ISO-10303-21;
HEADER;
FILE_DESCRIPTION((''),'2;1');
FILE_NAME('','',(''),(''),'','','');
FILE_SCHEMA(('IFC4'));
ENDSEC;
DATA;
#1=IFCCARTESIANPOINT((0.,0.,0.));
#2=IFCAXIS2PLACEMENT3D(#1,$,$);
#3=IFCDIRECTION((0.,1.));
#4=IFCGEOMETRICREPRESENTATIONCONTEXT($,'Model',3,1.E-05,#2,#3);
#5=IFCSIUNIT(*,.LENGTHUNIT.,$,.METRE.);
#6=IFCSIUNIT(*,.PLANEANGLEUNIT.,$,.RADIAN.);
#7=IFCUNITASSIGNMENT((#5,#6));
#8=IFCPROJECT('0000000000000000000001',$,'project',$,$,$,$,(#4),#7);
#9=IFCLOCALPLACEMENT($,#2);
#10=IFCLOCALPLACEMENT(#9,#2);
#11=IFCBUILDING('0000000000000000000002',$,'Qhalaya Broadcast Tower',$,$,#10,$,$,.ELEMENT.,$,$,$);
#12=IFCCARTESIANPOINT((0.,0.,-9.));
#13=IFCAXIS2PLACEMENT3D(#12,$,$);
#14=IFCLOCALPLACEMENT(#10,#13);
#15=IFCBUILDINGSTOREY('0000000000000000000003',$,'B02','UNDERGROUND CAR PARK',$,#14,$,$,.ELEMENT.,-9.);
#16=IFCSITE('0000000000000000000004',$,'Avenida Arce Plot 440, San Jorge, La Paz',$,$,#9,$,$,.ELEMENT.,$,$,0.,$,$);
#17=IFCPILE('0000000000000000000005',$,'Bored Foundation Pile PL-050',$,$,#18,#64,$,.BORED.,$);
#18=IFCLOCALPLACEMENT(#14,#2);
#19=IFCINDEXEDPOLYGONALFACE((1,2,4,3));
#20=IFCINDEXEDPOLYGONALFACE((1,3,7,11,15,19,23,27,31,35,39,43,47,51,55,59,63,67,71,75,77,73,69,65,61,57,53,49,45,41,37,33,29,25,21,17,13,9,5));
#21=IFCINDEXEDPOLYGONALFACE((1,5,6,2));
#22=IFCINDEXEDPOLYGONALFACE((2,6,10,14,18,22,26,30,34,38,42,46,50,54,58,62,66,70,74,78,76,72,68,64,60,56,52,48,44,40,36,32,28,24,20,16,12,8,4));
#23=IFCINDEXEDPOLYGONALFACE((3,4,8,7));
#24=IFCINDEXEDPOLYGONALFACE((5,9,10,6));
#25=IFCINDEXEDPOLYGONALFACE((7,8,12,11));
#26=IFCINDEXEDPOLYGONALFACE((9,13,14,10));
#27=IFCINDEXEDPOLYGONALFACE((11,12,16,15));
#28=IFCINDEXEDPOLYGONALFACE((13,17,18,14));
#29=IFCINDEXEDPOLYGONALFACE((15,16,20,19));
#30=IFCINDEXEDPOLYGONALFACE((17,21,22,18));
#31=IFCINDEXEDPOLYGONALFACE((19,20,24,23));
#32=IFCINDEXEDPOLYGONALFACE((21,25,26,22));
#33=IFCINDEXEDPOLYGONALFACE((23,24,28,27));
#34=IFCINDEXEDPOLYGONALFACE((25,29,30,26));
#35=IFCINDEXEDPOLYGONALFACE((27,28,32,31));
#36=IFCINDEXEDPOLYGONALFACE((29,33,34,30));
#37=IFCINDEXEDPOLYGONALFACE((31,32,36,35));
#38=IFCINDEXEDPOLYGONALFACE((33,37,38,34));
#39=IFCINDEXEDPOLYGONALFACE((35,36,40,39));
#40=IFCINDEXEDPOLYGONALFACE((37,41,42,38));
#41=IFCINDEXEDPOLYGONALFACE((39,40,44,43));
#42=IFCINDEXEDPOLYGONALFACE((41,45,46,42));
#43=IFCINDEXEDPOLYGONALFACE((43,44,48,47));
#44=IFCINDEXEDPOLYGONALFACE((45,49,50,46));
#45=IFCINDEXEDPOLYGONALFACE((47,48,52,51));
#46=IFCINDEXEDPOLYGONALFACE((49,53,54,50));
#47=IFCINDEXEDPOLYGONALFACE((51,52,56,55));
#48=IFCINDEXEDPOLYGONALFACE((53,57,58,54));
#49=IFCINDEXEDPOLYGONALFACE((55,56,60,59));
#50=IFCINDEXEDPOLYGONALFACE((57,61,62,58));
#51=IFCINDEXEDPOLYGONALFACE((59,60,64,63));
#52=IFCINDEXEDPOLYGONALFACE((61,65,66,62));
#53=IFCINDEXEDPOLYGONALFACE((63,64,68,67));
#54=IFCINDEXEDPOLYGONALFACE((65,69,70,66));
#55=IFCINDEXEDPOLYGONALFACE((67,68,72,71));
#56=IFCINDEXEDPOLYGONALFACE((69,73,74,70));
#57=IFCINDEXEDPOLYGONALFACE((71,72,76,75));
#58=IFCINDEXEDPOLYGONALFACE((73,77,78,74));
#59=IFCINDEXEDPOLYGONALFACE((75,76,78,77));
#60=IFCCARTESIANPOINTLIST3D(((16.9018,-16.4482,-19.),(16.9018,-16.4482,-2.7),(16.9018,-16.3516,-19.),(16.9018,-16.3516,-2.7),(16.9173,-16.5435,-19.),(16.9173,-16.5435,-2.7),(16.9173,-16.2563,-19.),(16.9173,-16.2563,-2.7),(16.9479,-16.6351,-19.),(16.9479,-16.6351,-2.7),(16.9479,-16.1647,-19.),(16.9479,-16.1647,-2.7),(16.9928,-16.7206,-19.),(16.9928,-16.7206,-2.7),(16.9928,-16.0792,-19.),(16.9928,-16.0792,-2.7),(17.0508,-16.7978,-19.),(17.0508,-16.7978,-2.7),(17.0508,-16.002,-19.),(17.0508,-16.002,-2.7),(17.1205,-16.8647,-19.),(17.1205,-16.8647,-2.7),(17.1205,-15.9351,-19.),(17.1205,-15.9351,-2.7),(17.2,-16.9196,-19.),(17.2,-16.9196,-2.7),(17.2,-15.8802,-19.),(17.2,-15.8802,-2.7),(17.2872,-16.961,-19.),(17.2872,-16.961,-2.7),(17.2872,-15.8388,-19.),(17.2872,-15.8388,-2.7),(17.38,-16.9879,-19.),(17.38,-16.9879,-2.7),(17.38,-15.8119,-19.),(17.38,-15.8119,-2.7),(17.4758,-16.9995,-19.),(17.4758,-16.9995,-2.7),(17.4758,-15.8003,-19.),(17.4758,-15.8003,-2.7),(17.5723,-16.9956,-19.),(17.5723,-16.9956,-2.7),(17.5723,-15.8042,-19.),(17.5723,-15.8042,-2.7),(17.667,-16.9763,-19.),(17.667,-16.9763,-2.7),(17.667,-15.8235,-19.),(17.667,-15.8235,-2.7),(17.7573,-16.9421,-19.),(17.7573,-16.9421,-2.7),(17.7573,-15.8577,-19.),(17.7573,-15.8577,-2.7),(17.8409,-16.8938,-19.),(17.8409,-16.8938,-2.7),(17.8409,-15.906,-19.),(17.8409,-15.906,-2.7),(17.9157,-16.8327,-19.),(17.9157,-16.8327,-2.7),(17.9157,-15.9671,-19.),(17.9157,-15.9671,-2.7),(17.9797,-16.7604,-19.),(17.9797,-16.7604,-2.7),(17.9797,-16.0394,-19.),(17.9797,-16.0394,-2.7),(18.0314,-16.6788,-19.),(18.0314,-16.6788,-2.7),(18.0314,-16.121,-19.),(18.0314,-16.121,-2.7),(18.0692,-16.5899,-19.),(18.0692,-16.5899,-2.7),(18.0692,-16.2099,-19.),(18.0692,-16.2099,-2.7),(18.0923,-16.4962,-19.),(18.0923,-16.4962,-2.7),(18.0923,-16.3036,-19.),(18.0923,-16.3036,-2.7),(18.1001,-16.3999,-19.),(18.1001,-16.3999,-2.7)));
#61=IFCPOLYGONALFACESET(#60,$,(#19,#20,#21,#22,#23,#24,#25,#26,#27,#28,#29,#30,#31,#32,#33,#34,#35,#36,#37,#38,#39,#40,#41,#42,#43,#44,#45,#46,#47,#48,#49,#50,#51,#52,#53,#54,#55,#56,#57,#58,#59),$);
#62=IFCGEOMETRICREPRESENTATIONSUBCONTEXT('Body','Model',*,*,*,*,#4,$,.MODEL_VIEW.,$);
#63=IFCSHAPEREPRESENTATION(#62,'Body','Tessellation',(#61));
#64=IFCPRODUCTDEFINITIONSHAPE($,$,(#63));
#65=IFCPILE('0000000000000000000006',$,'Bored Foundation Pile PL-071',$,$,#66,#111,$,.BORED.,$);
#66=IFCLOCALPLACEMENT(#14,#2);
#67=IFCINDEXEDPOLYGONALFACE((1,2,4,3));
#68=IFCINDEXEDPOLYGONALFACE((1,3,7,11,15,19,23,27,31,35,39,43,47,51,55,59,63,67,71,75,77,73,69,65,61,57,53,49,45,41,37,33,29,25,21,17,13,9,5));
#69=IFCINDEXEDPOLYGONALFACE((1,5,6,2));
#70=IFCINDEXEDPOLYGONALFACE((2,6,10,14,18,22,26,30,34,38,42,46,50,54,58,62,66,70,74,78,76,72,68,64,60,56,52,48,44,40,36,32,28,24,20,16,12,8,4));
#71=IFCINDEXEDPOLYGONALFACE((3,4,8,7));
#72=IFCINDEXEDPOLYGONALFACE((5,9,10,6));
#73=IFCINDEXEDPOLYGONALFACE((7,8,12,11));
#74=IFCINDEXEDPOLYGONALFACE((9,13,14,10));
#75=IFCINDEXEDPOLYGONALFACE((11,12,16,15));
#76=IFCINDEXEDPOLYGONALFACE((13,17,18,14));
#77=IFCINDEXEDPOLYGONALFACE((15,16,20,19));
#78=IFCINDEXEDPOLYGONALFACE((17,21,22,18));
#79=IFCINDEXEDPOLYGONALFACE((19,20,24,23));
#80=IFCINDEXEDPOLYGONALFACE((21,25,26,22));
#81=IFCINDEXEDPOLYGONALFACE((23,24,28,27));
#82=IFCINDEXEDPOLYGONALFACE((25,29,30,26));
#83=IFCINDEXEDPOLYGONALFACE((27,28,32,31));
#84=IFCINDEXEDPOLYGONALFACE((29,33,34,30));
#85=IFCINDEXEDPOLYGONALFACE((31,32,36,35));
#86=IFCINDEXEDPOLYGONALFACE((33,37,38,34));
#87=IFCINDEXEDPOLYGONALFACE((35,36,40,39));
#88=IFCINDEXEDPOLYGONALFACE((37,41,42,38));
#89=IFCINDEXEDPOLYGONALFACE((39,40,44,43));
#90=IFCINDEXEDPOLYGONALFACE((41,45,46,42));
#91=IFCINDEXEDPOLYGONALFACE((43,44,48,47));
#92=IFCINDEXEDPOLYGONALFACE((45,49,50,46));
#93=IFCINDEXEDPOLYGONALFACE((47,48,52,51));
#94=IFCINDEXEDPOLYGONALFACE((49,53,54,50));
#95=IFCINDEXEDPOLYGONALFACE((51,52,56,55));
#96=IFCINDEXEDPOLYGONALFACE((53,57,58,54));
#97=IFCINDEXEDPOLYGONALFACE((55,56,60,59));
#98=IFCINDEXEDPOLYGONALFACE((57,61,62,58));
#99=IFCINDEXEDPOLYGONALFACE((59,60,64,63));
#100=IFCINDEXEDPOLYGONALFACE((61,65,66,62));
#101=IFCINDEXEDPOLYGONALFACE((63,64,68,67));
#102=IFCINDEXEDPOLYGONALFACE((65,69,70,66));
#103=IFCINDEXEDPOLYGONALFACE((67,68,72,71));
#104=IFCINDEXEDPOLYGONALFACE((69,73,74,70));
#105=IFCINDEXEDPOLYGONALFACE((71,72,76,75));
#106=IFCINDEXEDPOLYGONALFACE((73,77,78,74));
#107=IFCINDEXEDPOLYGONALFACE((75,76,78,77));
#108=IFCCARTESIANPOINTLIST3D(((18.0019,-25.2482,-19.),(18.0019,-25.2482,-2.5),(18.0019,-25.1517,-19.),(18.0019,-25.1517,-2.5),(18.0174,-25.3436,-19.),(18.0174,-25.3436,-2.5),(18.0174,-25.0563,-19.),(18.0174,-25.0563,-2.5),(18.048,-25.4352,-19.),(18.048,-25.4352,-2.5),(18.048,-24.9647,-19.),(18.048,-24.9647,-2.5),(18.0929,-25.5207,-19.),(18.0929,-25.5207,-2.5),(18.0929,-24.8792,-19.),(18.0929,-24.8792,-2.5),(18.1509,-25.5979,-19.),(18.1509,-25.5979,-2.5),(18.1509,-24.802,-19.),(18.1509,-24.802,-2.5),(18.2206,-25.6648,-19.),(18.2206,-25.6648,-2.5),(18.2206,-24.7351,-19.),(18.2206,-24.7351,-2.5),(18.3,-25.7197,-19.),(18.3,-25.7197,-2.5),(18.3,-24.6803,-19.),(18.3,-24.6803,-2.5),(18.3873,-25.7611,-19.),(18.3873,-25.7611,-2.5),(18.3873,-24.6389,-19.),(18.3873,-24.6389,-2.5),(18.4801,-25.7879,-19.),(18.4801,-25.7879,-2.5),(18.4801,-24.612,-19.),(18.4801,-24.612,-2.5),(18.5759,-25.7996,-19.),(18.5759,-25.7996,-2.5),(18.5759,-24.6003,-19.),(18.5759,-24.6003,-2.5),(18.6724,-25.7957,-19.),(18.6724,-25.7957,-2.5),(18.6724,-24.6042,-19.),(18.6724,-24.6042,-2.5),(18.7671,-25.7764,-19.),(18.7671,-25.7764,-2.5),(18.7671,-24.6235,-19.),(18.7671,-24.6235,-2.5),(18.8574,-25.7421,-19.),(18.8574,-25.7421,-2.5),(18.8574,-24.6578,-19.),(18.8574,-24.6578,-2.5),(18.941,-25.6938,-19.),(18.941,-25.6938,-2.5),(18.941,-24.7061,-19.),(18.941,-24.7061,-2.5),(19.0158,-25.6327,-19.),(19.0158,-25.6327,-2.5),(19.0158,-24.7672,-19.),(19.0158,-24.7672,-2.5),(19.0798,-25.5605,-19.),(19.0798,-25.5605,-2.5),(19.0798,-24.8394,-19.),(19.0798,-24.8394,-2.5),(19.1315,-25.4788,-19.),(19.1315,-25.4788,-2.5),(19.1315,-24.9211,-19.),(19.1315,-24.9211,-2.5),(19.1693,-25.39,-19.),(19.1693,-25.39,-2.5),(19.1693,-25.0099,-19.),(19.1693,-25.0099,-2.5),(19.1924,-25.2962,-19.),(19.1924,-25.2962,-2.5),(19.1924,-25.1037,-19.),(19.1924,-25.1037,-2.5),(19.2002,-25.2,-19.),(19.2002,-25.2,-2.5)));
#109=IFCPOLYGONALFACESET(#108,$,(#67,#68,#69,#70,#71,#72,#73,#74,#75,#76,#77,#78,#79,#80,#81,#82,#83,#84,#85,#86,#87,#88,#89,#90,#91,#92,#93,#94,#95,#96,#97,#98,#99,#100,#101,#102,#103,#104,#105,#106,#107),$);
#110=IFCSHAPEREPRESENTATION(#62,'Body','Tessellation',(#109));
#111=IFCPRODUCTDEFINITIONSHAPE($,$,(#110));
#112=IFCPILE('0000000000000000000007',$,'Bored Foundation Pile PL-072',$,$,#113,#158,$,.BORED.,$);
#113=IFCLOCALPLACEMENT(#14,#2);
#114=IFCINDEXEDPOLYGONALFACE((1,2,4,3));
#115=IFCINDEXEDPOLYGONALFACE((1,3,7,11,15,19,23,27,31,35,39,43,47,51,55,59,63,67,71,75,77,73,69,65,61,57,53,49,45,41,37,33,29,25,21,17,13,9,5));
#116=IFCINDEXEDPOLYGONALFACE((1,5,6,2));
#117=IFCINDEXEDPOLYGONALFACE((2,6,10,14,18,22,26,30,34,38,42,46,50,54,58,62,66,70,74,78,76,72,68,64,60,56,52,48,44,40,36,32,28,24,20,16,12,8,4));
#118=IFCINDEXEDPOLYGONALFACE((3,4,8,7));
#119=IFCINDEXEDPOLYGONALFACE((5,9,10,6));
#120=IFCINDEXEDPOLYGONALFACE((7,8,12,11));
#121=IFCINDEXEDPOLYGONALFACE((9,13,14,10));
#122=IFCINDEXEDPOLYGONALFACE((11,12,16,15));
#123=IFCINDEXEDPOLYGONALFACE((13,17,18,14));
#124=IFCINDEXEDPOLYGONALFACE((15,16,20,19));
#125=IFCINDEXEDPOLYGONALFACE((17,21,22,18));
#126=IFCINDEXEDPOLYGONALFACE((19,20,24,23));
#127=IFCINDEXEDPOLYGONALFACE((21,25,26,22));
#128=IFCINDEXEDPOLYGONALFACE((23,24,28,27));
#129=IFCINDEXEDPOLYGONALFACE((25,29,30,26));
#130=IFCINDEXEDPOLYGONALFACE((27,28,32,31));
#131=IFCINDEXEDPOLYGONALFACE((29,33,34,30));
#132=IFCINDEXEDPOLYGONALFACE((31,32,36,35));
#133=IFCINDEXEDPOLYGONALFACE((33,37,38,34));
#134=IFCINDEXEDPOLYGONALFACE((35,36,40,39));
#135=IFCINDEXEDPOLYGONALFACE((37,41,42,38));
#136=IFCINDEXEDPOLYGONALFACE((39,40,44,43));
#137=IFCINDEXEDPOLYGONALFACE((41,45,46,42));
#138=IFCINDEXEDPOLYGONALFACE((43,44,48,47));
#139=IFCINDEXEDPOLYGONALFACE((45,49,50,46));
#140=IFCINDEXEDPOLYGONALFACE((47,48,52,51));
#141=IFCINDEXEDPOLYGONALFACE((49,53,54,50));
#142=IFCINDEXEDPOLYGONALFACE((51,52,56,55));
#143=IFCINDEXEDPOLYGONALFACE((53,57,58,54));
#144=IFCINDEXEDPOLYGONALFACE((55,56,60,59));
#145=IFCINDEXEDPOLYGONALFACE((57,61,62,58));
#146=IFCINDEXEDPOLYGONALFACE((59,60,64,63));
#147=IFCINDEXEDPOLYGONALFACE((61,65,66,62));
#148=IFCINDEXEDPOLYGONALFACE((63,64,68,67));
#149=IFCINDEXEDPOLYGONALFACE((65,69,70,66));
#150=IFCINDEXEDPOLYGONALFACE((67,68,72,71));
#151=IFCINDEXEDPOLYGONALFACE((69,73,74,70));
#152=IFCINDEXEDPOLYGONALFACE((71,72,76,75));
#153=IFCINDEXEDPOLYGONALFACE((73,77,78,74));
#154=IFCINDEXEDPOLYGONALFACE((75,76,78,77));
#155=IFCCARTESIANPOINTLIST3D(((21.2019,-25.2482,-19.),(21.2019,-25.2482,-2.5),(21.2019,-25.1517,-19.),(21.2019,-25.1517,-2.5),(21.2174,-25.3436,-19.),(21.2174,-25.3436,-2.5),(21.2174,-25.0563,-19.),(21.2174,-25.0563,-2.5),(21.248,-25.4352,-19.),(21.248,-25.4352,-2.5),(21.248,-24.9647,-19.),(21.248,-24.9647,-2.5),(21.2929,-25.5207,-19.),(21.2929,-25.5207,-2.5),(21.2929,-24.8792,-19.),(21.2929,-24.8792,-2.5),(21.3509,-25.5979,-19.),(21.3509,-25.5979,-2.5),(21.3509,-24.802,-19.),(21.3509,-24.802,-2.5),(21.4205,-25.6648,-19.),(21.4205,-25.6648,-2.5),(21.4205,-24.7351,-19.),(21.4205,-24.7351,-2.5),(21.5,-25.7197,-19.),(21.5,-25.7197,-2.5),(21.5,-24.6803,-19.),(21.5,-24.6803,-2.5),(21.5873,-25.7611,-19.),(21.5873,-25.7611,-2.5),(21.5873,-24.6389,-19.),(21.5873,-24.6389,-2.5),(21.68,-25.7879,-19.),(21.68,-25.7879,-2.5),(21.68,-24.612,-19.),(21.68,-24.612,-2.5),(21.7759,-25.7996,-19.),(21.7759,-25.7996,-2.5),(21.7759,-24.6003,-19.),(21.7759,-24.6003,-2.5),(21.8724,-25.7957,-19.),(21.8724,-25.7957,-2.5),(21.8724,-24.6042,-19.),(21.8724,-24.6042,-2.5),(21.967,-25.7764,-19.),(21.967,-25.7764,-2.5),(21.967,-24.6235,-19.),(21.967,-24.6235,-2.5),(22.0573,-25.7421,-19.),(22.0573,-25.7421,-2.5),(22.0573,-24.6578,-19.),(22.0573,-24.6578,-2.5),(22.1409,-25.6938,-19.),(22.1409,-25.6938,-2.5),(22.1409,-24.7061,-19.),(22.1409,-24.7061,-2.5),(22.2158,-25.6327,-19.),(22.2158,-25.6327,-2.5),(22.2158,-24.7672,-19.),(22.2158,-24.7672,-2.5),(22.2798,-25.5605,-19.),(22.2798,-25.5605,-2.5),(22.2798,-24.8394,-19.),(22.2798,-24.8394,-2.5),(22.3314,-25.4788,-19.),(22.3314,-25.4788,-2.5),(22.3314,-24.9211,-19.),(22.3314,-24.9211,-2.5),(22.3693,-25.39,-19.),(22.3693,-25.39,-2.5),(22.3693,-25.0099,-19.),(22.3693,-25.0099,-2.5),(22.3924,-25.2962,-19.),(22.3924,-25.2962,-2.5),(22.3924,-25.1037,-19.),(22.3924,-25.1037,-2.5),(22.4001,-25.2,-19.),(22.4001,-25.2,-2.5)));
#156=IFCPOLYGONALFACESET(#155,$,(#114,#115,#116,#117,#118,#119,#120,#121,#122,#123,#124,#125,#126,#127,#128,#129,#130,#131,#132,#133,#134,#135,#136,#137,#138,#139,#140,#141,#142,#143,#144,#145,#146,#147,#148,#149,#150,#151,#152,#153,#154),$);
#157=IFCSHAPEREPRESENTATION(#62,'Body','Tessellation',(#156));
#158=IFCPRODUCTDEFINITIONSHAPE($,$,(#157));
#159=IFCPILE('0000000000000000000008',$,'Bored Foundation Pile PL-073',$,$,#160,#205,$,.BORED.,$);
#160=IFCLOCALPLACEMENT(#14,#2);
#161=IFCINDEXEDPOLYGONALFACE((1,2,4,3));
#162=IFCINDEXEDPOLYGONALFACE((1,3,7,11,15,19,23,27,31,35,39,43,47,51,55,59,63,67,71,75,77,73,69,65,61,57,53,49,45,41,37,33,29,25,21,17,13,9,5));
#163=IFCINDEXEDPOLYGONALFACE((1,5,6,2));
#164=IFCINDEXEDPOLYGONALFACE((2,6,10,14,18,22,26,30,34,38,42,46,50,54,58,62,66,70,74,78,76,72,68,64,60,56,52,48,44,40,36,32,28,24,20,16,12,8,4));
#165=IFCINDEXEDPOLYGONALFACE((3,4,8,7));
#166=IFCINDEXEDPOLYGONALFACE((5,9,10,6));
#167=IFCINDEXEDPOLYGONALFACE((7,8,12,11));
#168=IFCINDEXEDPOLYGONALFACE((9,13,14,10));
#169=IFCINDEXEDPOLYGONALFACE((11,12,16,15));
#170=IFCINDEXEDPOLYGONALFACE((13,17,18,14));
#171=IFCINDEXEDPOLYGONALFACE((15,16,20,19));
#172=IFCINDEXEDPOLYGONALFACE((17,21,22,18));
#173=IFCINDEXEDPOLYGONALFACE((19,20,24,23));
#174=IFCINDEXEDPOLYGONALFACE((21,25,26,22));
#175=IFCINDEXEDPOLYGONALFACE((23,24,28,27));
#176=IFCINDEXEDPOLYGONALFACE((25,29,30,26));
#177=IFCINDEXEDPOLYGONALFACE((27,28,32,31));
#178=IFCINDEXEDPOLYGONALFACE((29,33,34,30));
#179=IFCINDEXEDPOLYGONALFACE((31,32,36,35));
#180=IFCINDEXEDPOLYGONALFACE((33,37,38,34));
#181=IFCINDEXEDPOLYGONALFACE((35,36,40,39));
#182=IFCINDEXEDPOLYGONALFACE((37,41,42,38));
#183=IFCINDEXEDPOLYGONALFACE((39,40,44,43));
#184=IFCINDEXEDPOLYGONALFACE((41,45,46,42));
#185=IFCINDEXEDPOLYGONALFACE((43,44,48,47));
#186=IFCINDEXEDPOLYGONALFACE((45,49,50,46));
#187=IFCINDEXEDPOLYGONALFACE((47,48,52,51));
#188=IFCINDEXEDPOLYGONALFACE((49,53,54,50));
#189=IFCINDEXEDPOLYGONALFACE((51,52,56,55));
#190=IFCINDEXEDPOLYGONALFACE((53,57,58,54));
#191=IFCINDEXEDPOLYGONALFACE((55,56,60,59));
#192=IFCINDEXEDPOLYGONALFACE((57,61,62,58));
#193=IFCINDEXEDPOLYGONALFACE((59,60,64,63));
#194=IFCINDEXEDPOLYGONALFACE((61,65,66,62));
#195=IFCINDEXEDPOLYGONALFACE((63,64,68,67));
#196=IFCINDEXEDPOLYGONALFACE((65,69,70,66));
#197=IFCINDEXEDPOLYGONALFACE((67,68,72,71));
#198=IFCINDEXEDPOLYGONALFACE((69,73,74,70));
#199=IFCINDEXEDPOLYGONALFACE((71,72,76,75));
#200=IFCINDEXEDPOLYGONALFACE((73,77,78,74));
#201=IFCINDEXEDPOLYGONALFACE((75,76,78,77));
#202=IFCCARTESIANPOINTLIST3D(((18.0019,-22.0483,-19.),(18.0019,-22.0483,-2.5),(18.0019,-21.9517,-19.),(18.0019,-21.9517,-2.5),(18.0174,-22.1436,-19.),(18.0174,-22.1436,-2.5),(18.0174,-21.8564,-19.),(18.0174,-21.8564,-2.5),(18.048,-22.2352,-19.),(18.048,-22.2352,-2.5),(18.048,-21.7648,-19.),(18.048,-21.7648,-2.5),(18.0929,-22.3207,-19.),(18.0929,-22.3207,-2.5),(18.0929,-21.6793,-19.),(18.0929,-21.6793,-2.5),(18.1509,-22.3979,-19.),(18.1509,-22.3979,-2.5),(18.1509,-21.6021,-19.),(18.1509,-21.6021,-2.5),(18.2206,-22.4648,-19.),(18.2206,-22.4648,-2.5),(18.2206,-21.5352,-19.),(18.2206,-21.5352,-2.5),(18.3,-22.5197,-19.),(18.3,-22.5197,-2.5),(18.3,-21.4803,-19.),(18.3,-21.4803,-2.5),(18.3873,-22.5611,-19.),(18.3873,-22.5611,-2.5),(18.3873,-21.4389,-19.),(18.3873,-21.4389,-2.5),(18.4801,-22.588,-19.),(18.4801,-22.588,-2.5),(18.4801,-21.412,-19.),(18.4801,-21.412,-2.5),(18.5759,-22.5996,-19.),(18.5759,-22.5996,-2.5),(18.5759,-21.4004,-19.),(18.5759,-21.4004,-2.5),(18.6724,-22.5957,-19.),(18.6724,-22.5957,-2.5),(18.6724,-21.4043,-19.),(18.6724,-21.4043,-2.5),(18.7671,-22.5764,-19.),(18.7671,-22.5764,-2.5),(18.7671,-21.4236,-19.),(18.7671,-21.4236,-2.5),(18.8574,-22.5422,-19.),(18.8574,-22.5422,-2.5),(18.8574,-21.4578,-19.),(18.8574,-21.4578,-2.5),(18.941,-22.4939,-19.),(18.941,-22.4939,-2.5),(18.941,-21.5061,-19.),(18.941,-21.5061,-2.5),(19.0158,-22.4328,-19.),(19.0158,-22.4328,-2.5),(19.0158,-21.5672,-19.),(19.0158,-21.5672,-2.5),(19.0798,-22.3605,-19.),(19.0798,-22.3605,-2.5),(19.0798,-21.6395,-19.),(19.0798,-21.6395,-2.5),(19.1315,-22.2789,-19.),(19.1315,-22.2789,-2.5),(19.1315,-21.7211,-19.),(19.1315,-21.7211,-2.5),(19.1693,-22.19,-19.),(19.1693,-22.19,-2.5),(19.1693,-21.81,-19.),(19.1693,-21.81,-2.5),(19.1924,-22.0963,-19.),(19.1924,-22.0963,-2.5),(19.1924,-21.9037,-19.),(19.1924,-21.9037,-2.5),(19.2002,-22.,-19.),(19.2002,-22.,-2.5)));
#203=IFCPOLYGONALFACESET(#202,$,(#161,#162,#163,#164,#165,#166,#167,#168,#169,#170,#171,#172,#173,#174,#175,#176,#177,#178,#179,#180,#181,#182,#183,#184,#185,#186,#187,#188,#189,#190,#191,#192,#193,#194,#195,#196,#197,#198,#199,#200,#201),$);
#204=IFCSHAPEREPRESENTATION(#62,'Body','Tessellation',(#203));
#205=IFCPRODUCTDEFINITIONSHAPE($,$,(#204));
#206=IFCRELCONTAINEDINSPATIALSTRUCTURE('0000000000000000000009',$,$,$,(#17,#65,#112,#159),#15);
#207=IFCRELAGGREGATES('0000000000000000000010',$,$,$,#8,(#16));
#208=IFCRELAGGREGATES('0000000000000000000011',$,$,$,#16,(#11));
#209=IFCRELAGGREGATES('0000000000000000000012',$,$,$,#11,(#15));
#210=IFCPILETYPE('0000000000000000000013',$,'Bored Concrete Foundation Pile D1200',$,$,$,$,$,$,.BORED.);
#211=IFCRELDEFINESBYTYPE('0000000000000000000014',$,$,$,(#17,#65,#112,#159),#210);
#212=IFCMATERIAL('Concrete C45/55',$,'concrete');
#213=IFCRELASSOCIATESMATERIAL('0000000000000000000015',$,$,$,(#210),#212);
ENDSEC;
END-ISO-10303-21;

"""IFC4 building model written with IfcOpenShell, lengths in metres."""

from ifc_helpers import new_model, si_unit, direction, frame, origin, origin_2d, place, context, subcontext, project, spatial, circle, extrude, material, material_profile, profile_set, type_object, element, save


model = new_model("IFC4")

# Units and contexts
model_context = context("Model", 3, precision=1e-05, world=origin(), true_north=direction((0.0, 1.0)))
body_context = subcontext(model_context, "Body", "Model", "MODEL_VIEW")
ifc_project = project(units=[si_unit("LENGTHUNIT", "METRE"), si_unit("PLANEANGLEUNIT", "RADIAN")], contexts=[model_context])

# Site, building, storey
site_placement = place(None, origin())
site = spatial("IfcSite", under=ifc_project, at=site_placement, Name="Avenida Arce Plot 440, San Jorge, La Paz", CompositionType="ELEMENT", RefElevation=0.0)
building_placement = place(site_placement, origin())
building = spatial("IfcBuilding", under=site, at=building_placement, Name="Qhalaya Broadcast Tower", CompositionType="ELEMENT")
storey_placement = place(building_placement, frame((0.0, 0.0, -9.0)))
storey = spatial("IfcBuildingStorey", under=building, at=storey_placement, Name="B02", Description="UNDERGROUND CAR PARK", CompositionType="ELEMENT", Elevation=-9.0)

# Piles
ifc_material_1 = material(Name="Concrete C45/55", Category="concrete")
ifc_material_profile_1 = material_profile(ifc_material_1, circle(Radius=0.6001, at=origin_2d()), Name="PILE D1200")
ifc_profile_set_1 = profile_set([ifc_material_profile_1], Name="Concrete C45/55")
pile_type = type_object("IfcPileType", Name="Bored Concrete Foundation Pile D1200", PredefinedType="BORED", material=ifc_profile_set_1)
pile_placement = place(storey_placement, frame((17.5, -16.3999, -2.7), z_axis=(0.0, 0.0, -1.0), x_axis=(1.0, 0.0, 0.0)))
element("IfcPile", 1, at=pile_placement, inside=storey, type_object=pile_type, Name="Bored Foundation Pile PL-050", PredefinedType="BORED", context=body_context, shape_type="SweptSolid", body=[
    extrude(circle(Radius=0.6001, at=origin_2d()), origin(), (0.0, 0.0, 1.0), 16.3),
])
for number, where, z_axis, x_axis, name in (
    (2, (18.6001, -25.2, -2.5), (0.0, 0.0, -1.0), (1.0, 0.0, 0.0), "Bored Foundation Pile PL-071"),
    (3, (21.8, -25.2, -2.5), (0.0, 0.0, -1.0), (1.0, 0.0, 0.0), "Bored Foundation Pile PL-072"),
    (4, (18.6001, -22.0, -2.5), (0.0, 0.0, -1.0), (1.0, 0.0, 0.0), "Bored Foundation Pile PL-073"),
):
    element("IfcPile", number, at=place(storey_placement, frame(where, z_axis=z_axis, x_axis=x_axis)), inside=storey, type_object=pile_type, Name=name, PredefinedType="BORED", context=body_context, shape_type="SweptSolid", body=[
        extrude(circle(Radius=0.6001, at=origin_2d()), origin(), (0.0, 0.0, 1.0), 16.5),
    ])

save(model, "model.ifc")
